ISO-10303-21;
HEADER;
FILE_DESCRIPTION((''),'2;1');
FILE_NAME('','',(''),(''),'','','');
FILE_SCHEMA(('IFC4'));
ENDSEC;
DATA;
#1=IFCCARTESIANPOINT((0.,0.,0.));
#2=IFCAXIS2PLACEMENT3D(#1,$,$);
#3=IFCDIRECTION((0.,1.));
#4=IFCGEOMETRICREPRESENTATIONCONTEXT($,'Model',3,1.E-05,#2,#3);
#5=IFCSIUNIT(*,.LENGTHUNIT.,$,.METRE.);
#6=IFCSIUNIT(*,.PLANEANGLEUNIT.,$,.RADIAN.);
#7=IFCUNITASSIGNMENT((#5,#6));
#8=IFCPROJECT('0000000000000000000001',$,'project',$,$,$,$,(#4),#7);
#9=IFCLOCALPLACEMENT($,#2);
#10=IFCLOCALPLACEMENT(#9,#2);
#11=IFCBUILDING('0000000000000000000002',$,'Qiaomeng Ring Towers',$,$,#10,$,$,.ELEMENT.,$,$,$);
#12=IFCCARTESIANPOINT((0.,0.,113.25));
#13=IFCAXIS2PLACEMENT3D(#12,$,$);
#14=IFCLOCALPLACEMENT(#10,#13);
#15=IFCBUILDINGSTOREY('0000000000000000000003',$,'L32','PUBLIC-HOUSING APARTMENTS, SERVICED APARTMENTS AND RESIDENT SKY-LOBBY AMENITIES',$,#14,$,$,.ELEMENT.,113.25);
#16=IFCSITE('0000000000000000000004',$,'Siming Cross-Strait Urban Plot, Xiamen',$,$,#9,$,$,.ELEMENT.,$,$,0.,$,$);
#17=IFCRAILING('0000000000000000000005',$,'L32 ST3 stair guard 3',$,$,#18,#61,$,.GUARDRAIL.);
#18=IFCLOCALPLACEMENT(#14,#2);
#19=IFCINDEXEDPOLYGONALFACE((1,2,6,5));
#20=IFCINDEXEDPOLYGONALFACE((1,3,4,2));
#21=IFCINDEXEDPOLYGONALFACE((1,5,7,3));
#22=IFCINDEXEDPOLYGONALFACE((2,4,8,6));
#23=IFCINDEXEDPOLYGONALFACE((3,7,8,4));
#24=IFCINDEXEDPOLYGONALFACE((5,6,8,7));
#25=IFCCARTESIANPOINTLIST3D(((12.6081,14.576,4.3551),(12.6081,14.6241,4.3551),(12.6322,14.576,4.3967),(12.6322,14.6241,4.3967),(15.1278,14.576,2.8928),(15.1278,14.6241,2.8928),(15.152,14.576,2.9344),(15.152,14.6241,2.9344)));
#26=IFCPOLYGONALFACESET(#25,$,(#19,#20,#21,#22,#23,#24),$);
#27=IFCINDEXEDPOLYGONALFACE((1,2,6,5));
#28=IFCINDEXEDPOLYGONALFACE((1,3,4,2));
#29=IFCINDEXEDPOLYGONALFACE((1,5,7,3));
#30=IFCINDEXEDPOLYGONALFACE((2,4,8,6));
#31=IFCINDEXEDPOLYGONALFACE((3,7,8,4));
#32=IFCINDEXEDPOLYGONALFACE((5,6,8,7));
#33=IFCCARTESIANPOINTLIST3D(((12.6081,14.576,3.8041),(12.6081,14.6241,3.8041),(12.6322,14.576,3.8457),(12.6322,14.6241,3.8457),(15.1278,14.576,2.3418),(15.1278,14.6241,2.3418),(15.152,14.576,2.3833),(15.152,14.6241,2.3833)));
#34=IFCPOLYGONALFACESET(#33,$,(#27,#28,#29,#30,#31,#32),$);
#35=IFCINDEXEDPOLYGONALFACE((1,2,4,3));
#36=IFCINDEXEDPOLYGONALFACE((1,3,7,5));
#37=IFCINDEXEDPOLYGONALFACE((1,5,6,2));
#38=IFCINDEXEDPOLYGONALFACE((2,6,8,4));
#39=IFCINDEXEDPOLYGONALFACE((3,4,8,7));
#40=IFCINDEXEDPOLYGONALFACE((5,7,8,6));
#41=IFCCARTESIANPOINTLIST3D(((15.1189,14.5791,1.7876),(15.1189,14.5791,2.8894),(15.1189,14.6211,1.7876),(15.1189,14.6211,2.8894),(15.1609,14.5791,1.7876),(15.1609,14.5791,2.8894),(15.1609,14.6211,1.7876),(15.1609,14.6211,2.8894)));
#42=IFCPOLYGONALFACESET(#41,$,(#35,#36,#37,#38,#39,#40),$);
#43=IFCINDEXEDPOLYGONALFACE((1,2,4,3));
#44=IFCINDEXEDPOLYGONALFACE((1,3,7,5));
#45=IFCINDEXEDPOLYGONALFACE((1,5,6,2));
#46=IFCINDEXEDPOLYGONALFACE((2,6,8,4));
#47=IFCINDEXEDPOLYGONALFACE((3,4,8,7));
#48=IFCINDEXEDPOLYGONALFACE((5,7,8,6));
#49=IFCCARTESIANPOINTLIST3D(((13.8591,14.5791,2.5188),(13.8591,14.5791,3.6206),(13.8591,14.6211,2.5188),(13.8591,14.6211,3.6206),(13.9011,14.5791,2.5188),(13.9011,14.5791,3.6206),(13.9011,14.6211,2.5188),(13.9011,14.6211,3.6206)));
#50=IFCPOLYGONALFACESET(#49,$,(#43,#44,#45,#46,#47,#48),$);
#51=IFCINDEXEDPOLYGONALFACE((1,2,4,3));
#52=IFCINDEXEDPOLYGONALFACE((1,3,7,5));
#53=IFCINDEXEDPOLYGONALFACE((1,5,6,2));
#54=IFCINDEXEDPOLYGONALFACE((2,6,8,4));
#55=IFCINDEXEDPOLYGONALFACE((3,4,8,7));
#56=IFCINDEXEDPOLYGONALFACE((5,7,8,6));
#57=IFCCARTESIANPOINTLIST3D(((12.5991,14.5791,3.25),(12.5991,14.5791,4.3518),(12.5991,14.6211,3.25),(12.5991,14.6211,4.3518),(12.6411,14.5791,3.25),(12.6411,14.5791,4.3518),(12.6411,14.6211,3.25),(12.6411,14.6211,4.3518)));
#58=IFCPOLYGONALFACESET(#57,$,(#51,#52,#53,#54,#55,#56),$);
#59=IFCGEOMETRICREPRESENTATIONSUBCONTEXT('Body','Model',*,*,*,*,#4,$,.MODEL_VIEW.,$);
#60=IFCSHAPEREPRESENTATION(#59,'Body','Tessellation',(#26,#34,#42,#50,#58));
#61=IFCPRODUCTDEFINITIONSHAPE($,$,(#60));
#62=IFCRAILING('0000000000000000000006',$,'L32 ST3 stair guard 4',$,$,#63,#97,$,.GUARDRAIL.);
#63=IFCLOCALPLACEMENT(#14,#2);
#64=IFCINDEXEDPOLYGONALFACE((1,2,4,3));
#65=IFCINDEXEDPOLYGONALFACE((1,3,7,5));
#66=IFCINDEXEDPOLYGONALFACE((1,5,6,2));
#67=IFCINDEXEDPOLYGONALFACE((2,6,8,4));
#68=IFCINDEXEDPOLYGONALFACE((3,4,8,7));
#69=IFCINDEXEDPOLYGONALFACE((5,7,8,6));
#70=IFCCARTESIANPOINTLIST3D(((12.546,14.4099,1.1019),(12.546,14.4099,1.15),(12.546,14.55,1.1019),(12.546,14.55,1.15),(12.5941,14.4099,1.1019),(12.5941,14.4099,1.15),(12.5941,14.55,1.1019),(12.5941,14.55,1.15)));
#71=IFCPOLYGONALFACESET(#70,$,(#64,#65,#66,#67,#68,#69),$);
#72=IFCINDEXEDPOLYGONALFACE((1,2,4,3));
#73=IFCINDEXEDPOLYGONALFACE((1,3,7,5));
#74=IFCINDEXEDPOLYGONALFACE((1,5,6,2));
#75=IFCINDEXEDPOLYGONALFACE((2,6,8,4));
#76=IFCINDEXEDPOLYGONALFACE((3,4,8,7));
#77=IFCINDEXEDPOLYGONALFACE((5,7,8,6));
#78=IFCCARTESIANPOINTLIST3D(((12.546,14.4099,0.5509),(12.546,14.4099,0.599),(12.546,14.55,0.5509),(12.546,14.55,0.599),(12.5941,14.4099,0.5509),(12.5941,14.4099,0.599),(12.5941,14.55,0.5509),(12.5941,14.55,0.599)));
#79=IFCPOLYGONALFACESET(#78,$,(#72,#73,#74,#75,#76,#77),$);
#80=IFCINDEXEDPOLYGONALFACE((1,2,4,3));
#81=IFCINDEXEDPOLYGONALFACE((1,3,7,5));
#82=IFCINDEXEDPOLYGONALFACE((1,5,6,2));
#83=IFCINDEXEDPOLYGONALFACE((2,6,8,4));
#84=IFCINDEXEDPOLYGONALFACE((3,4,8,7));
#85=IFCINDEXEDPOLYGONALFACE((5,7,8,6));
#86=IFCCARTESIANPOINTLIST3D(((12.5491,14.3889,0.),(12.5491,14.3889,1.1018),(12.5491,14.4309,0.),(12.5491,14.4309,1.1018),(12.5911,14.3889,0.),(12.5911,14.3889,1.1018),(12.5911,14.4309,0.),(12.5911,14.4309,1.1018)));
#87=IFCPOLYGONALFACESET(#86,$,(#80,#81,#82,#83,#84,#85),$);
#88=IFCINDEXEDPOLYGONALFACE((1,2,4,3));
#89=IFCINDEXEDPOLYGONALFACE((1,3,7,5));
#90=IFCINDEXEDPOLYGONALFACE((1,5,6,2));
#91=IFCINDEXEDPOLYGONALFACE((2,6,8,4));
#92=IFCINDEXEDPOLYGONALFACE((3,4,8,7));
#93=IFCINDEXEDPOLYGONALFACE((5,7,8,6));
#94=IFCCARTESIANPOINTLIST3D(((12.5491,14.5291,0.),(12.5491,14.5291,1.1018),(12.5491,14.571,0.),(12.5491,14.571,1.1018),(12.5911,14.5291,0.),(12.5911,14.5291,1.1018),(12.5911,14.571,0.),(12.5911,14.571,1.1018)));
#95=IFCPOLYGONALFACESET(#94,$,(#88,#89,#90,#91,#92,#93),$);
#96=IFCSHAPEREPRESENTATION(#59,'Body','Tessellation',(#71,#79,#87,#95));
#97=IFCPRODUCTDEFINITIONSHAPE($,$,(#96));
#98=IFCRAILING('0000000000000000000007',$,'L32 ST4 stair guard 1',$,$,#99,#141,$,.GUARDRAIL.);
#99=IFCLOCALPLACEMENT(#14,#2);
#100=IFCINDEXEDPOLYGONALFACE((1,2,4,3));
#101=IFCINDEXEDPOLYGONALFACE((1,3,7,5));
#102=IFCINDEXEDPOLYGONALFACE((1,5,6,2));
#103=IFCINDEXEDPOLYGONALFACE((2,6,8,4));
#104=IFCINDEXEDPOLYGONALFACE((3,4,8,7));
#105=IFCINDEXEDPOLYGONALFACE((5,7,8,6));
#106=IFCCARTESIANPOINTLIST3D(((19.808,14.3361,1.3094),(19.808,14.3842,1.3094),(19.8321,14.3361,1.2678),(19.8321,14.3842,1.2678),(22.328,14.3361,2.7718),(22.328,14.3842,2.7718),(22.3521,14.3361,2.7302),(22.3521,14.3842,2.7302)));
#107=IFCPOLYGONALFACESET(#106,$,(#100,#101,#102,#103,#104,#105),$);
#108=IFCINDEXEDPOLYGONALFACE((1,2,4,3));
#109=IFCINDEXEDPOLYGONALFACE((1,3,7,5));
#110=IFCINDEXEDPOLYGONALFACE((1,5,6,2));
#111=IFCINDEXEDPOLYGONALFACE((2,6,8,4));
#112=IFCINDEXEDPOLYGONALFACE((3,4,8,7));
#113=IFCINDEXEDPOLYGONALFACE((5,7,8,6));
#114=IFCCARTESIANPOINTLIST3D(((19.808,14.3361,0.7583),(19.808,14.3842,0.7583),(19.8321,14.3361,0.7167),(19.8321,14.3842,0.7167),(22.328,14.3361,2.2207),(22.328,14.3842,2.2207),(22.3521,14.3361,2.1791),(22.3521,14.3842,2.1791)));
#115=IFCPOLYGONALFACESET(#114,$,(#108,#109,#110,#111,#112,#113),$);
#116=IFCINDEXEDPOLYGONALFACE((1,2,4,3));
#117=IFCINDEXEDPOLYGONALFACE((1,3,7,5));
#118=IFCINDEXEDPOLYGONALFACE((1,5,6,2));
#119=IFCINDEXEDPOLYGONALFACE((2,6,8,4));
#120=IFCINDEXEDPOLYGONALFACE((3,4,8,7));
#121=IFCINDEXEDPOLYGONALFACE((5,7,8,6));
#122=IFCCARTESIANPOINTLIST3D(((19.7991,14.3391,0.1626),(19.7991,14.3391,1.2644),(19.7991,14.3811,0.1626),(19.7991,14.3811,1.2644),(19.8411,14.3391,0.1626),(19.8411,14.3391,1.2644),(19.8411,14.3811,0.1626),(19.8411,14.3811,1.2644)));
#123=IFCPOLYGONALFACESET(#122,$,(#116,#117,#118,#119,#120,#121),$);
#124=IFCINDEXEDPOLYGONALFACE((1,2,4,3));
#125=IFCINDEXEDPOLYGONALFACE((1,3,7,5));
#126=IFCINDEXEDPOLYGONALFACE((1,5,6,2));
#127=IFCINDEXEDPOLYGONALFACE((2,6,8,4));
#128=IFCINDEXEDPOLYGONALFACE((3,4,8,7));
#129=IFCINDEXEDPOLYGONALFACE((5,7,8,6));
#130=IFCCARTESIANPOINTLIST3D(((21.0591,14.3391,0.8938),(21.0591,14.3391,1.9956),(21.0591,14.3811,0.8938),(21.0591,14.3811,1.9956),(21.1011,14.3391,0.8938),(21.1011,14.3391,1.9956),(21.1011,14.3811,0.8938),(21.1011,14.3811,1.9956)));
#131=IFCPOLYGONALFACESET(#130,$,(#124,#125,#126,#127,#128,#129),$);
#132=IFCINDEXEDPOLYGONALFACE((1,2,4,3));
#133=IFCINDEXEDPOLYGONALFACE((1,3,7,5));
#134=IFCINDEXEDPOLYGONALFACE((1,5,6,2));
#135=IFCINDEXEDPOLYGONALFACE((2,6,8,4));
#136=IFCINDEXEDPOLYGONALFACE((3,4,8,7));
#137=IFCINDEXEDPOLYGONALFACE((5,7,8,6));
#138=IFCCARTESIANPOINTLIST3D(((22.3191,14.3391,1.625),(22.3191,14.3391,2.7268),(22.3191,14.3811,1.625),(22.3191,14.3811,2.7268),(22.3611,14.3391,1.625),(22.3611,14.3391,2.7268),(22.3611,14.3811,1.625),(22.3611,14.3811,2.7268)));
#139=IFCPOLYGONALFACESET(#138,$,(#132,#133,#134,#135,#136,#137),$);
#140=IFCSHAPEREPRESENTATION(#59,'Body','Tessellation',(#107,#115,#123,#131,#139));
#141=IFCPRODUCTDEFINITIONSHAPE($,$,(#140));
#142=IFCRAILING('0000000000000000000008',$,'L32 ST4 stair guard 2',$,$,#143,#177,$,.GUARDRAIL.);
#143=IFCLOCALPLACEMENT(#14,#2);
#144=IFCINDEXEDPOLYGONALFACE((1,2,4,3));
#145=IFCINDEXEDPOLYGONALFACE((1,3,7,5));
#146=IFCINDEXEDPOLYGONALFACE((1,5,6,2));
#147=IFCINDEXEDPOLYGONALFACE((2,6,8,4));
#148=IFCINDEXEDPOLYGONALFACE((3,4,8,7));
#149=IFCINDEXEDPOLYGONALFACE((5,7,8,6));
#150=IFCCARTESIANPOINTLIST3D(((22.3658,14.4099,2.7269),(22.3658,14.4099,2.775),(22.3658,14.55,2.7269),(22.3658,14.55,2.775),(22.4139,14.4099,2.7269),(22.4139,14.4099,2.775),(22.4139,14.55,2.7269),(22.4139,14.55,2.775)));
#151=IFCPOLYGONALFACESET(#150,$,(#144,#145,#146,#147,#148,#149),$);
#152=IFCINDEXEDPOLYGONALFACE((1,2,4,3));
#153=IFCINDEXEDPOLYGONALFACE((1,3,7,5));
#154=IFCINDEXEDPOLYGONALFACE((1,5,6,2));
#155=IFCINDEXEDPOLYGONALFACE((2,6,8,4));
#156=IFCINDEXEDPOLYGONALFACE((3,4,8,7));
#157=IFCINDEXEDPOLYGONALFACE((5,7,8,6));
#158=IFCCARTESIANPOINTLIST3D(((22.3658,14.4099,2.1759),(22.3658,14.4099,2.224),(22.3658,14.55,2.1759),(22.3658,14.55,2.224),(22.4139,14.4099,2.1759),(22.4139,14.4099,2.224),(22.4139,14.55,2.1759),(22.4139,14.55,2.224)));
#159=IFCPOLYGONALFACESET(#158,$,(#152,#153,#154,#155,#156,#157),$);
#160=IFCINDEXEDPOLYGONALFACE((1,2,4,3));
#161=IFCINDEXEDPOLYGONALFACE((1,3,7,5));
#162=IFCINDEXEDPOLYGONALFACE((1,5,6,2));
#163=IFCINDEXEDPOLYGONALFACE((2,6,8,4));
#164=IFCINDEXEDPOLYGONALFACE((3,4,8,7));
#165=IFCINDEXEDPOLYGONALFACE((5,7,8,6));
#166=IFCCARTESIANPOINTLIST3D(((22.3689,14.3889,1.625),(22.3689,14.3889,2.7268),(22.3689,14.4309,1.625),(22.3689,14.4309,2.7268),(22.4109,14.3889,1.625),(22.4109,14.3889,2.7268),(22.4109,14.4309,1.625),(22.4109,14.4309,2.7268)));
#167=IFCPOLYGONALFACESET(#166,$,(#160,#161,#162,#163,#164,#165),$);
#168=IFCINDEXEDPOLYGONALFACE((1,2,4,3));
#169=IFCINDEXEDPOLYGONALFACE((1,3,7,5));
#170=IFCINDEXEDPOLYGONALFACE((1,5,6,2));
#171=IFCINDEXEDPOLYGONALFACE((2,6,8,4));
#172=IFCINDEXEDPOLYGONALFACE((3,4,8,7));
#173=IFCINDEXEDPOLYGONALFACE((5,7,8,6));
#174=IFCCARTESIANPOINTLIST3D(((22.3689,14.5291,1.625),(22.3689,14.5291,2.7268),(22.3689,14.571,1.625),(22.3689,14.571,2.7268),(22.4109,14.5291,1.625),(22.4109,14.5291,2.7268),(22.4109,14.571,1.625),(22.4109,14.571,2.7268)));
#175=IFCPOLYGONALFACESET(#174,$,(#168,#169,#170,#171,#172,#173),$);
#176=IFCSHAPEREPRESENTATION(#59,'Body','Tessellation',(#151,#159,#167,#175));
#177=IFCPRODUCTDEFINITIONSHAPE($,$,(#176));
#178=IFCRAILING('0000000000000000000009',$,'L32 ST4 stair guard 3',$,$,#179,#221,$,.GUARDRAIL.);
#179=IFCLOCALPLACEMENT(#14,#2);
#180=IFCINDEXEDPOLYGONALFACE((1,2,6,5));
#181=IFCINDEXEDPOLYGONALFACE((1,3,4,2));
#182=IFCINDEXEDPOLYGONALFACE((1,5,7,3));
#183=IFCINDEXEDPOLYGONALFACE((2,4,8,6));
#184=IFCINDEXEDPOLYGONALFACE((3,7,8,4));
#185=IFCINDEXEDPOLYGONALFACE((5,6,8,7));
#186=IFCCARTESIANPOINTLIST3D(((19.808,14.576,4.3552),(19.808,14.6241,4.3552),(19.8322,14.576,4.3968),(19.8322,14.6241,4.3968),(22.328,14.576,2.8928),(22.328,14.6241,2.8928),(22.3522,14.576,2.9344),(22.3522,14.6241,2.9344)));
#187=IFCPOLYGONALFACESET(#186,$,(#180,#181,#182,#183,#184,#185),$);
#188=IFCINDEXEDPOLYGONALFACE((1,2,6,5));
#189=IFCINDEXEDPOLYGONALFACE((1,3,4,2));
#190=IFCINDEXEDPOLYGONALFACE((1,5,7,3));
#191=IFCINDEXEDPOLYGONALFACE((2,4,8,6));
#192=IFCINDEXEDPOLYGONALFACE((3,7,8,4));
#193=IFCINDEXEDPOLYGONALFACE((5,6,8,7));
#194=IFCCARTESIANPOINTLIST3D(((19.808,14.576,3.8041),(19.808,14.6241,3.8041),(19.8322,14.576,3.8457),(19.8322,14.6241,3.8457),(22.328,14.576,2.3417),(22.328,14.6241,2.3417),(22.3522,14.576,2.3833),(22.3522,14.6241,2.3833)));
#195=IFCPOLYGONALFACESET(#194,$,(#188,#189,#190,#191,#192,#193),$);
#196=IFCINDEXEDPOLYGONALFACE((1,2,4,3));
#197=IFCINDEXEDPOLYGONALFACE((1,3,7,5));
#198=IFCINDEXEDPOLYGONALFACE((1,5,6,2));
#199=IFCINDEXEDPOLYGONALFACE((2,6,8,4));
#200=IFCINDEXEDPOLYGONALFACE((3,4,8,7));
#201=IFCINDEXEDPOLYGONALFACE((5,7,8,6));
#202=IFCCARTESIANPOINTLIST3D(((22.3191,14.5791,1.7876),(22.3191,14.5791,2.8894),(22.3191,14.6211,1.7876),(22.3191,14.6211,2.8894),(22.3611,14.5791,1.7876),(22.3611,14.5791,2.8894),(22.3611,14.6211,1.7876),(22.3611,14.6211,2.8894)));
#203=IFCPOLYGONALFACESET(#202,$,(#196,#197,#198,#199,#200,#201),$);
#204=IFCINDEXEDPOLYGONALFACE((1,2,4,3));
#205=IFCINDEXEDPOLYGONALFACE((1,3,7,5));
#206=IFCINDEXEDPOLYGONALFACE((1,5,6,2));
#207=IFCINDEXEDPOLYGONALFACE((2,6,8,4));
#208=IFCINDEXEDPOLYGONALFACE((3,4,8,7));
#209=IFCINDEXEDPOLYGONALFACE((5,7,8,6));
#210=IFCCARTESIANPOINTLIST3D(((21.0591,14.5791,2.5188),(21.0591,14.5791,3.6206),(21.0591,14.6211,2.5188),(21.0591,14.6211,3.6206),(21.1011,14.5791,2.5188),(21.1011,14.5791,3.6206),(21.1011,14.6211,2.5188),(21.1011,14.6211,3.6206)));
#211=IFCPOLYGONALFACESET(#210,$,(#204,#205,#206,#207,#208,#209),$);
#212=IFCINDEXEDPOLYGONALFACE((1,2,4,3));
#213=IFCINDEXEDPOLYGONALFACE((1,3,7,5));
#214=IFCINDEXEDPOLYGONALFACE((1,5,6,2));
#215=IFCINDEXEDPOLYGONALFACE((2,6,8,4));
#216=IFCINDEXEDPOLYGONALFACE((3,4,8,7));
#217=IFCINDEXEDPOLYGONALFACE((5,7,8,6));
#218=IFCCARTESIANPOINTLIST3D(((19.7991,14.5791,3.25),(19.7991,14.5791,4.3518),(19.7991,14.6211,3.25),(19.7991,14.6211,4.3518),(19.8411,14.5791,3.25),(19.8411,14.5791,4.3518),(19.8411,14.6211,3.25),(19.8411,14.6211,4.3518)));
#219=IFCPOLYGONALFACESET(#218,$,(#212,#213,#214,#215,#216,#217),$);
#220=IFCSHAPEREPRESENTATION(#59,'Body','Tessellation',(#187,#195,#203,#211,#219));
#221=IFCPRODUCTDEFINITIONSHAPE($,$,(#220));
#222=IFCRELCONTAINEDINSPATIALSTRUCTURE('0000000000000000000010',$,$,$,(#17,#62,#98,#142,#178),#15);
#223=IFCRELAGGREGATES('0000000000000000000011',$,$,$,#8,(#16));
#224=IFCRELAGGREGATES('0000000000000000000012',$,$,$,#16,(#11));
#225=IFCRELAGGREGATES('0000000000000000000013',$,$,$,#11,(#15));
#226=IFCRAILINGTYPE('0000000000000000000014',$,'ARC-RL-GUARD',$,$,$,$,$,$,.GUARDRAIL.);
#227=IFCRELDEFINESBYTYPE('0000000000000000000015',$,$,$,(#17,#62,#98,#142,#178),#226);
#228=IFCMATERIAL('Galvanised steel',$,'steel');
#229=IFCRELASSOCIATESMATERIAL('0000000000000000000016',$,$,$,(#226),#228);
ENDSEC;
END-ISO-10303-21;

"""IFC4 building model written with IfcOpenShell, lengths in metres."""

from ifc_helpers import new_model, si_unit, direction, frame, origin, origin_2d, place, context, subcontext, project, spatial, rectangle, extrude, material, type_object, element, save


model = new_model("IFC4")

# Units and contexts
model_context = context("Model", 3, precision=1e-05, world=origin(), true_north=direction((0.0, 1.0)))
body_context = subcontext(model_context, "Body", "Model", "MODEL_VIEW")
ifc_project = project(units=[si_unit("LENGTHUNIT", "METRE"), si_unit("PLANEANGLEUNIT", "RADIAN")], contexts=[model_context])

# Site, building, storey
site_placement = place(None, origin())
site = spatial("IfcSite", under=ifc_project, at=site_placement, Name="Siming Cross-Strait Urban Plot, Xiamen", CompositionType="ELEMENT", RefElevation=0.0)
building_placement = place(site_placement, origin())
building = spatial("IfcBuilding", under=site, at=building_placement, Name="Qiaomeng Ring Towers", CompositionType="ELEMENT")
storey_placement = place(building_placement, frame((0.0, 0.0, 113.25)))
storey = spatial("IfcBuildingStorey", under=building, at=storey_placement, Name="L32", Description="PUBLIC-HOUSING APARTMENTS, SERVICED APARTMENTS AND RESIDENT SKY-LOBBY AMENITIES", CompositionType="ELEMENT", Elevation=113.25)

# Railings
ifc_material_1 = material(Name="Galvanised steel", Category="steel")
railing_type_1 = type_object("IfcRailingType", Name="ARC-RL-GUARD", PredefinedType="GUARDRAIL", material=ifc_material_1)
railing_1_placement = place(storey_placement, frame((15.1399, 14.6001, 1.7876)))
element("IfcRailing", 1, at=railing_1_placement, inside=storey, type_object=railing_type_1, Name="L32 ST3 stair guard 3", PredefinedType="GUARDRAIL", context=body_context, shape_type="SweptSolid", body=[
    extrude(rectangle(XDim=0.0481, YDim=0.0481, at=origin_2d()), frame((0.0, 0.0, 1.126), z_axis=(-0.864892, 0.0, 0.501958), x_axis=(0.0, -1.0, 0.0)), (0.0, 0.0, 1.0), 2.9133),
    extrude(rectangle(XDim=0.0481, YDim=0.0481, at=origin_2d()), frame((0.0, 0.0, 0.575), z_axis=(-0.864892, 0.0, 0.501958), x_axis=(0.0, -1.0, 0.0)), (0.0, 0.0, 1.0), 2.9133),
    extrude(rectangle(XDim=0.042, YDim=0.042, at=origin_2d()), origin(), (0.0, 0.0, 1.0), 1.1018),
    extrude(rectangle(XDim=0.042, YDim=0.042, at=origin_2d()), frame((-1.2598, 0.0, 0.7312)), (0.0, 0.0, 1.0), 1.1018),
    extrude(rectangle(XDim=0.042, YDim=0.042, at=origin_2d()), frame((-2.5198, 0.0, 1.4624)), (0.0, 0.0, 1.0), 1.1018),
])
railing_2_placement = place(storey_placement, frame((12.5701, 14.4099, 0.0)))
element("IfcRailing", 2, at=railing_2_placement, inside=storey, type_object=railing_type_1, Name="L32 ST3 stair guard 4", PredefinedType="GUARDRAIL", context=body_context, shape_type="SweptSolid", body=[
    extrude(rectangle(XDim=0.0481, YDim=0.0481, at=origin_2d()), frame((0.0, 0.0, 1.126), z_axis=(0.0, 1.0, 0.0), x_axis=(-1.0, 0.0, 0.0)), (0.0, 0.0, 1.0), 0.1401),
    extrude(rectangle(XDim=0.0481, YDim=0.0481, at=origin_2d()), frame((0.0, 0.0, 0.575), z_axis=(0.0, 1.0, 0.0), x_axis=(-1.0, 0.0, 0.0)), (0.0, 0.0, 1.0), 0.1401),
    extrude(rectangle(XDim=0.042, YDim=0.042, at=origin_2d()), origin(), (0.0, 0.0, 1.0), 1.1018),
    extrude(rectangle(XDim=0.042, YDim=0.042, at=origin_2d()), frame((0.0, 0.1401, 0.0)), (0.0, 0.0, 1.0), 1.1018),
])
railing_3_placement = place(storey_placement, frame((19.8201, 14.3601, 0.1626)))
element("IfcRailing", 3, at=railing_3_placement, inside=storey, type_object=railing_type_1, Name="L32 ST4 stair guard 1", PredefinedType="GUARDRAIL", context=body_context, shape_type="SweptSolid", body=[
    extrude(rectangle(XDim=0.0481, YDim=0.0481, at=origin_2d()), frame((0.0, 0.0, 1.126), z_axis=(0.864913, 0.0, 0.501921), x_axis=(0.0, 1.0, 0.0)), (0.0, 0.0, 1.0), 2.9136),
    extrude(rectangle(XDim=0.0481, YDim=0.0481, at=origin_2d()), frame((0.0, 0.0, 0.575), z_axis=(0.864913, 0.0, 0.501921), x_axis=(0.0, 1.0, 0.0)), (0.0, 0.0, 1.0), 2.9136),
    extrude(rectangle(XDim=0.042, YDim=0.042, at=origin_2d()), origin(), (0.0, 0.0, 1.0), 1.1018),
    extrude(rectangle(XDim=0.042, YDim=0.042, at=origin_2d()), frame((1.26, 0.0, 0.7312)), (0.0, 0.0, 1.0), 1.1018),
    extrude(rectangle(XDim=0.042, YDim=0.042, at=origin_2d()), frame((2.52, 0.0, 1.4624)), (0.0, 0.0, 1.0), 1.1018),
])
railing_4_placement = place(storey_placement, frame((22.3899, 14.4099, 1.625)))
element("IfcRailing", 4, at=railing_4_placement, inside=storey, type_object=railing_type_1, Name="L32 ST4 stair guard 2", PredefinedType="GUARDRAIL", context=body_context, shape_type="SweptSolid", body=[
    extrude(rectangle(XDim=0.0481, YDim=0.0481, at=origin_2d()), frame((0.0, 0.0, 1.126), z_axis=(0.0, 1.0, 0.0), x_axis=(-1.0, 0.0, 0.0)), (0.0, 0.0, 1.0), 0.1401),
    extrude(rectangle(XDim=0.0481, YDim=0.0481, at=origin_2d()), frame((0.0, 0.0, 0.575), z_axis=(0.0, 1.0, 0.0), x_axis=(-1.0, 0.0, 0.0)), (0.0, 0.0, 1.0), 0.1401),
    extrude(rectangle(XDim=0.042, YDim=0.042, at=origin_2d()), origin(), (0.0, 0.0, 1.0), 1.1018),
    extrude(rectangle(XDim=0.042, YDim=0.042, at=origin_2d()), frame((0.0, 0.1401, 0.0)), (0.0, 0.0, 1.0), 1.1018),
])
railing_5_placement = place(storey_placement, frame((22.3401, 14.6001, 1.7876)))
element("IfcRailing", 5, at=railing_5_placement, inside=storey, type_object=railing_type_1, Name="L32 ST4 stair guard 3", PredefinedType="GUARDRAIL", context=body_context, shape_type="SweptSolid", body=[
    extrude(rectangle(XDim=0.0481, YDim=0.0481, at=origin_2d()), frame((0.0, 0.0, 1.126), z_axis=(-0.864913, 0.0, 0.501921), x_axis=(0.0, -1.0, 0.0)), (0.0, 0.0, 1.0), 2.9136),
    extrude(rectangle(XDim=0.0481, YDim=0.0481, at=origin_2d()), frame((0.0, 0.0, 0.575), z_axis=(-0.864913, 0.0, 0.501921), x_axis=(0.0, -1.0, 0.0)), (0.0, 0.0, 1.0), 2.9136),
    extrude(rectangle(XDim=0.042, YDim=0.042, at=origin_2d()), origin(), (0.0, 0.0, 1.0), 1.1018),
    extrude(rectangle(XDim=0.042, YDim=0.042, at=origin_2d()), frame((-1.26, 0.0, 0.7312)), (0.0, 0.0, 1.0), 1.1018),
    extrude(rectangle(XDim=0.042, YDim=0.042, at=origin_2d()), frame((-2.52, 0.0, 1.4624)), (0.0, 0.0, 1.0), 1.1018),
])

save(model, "model.ifc")
